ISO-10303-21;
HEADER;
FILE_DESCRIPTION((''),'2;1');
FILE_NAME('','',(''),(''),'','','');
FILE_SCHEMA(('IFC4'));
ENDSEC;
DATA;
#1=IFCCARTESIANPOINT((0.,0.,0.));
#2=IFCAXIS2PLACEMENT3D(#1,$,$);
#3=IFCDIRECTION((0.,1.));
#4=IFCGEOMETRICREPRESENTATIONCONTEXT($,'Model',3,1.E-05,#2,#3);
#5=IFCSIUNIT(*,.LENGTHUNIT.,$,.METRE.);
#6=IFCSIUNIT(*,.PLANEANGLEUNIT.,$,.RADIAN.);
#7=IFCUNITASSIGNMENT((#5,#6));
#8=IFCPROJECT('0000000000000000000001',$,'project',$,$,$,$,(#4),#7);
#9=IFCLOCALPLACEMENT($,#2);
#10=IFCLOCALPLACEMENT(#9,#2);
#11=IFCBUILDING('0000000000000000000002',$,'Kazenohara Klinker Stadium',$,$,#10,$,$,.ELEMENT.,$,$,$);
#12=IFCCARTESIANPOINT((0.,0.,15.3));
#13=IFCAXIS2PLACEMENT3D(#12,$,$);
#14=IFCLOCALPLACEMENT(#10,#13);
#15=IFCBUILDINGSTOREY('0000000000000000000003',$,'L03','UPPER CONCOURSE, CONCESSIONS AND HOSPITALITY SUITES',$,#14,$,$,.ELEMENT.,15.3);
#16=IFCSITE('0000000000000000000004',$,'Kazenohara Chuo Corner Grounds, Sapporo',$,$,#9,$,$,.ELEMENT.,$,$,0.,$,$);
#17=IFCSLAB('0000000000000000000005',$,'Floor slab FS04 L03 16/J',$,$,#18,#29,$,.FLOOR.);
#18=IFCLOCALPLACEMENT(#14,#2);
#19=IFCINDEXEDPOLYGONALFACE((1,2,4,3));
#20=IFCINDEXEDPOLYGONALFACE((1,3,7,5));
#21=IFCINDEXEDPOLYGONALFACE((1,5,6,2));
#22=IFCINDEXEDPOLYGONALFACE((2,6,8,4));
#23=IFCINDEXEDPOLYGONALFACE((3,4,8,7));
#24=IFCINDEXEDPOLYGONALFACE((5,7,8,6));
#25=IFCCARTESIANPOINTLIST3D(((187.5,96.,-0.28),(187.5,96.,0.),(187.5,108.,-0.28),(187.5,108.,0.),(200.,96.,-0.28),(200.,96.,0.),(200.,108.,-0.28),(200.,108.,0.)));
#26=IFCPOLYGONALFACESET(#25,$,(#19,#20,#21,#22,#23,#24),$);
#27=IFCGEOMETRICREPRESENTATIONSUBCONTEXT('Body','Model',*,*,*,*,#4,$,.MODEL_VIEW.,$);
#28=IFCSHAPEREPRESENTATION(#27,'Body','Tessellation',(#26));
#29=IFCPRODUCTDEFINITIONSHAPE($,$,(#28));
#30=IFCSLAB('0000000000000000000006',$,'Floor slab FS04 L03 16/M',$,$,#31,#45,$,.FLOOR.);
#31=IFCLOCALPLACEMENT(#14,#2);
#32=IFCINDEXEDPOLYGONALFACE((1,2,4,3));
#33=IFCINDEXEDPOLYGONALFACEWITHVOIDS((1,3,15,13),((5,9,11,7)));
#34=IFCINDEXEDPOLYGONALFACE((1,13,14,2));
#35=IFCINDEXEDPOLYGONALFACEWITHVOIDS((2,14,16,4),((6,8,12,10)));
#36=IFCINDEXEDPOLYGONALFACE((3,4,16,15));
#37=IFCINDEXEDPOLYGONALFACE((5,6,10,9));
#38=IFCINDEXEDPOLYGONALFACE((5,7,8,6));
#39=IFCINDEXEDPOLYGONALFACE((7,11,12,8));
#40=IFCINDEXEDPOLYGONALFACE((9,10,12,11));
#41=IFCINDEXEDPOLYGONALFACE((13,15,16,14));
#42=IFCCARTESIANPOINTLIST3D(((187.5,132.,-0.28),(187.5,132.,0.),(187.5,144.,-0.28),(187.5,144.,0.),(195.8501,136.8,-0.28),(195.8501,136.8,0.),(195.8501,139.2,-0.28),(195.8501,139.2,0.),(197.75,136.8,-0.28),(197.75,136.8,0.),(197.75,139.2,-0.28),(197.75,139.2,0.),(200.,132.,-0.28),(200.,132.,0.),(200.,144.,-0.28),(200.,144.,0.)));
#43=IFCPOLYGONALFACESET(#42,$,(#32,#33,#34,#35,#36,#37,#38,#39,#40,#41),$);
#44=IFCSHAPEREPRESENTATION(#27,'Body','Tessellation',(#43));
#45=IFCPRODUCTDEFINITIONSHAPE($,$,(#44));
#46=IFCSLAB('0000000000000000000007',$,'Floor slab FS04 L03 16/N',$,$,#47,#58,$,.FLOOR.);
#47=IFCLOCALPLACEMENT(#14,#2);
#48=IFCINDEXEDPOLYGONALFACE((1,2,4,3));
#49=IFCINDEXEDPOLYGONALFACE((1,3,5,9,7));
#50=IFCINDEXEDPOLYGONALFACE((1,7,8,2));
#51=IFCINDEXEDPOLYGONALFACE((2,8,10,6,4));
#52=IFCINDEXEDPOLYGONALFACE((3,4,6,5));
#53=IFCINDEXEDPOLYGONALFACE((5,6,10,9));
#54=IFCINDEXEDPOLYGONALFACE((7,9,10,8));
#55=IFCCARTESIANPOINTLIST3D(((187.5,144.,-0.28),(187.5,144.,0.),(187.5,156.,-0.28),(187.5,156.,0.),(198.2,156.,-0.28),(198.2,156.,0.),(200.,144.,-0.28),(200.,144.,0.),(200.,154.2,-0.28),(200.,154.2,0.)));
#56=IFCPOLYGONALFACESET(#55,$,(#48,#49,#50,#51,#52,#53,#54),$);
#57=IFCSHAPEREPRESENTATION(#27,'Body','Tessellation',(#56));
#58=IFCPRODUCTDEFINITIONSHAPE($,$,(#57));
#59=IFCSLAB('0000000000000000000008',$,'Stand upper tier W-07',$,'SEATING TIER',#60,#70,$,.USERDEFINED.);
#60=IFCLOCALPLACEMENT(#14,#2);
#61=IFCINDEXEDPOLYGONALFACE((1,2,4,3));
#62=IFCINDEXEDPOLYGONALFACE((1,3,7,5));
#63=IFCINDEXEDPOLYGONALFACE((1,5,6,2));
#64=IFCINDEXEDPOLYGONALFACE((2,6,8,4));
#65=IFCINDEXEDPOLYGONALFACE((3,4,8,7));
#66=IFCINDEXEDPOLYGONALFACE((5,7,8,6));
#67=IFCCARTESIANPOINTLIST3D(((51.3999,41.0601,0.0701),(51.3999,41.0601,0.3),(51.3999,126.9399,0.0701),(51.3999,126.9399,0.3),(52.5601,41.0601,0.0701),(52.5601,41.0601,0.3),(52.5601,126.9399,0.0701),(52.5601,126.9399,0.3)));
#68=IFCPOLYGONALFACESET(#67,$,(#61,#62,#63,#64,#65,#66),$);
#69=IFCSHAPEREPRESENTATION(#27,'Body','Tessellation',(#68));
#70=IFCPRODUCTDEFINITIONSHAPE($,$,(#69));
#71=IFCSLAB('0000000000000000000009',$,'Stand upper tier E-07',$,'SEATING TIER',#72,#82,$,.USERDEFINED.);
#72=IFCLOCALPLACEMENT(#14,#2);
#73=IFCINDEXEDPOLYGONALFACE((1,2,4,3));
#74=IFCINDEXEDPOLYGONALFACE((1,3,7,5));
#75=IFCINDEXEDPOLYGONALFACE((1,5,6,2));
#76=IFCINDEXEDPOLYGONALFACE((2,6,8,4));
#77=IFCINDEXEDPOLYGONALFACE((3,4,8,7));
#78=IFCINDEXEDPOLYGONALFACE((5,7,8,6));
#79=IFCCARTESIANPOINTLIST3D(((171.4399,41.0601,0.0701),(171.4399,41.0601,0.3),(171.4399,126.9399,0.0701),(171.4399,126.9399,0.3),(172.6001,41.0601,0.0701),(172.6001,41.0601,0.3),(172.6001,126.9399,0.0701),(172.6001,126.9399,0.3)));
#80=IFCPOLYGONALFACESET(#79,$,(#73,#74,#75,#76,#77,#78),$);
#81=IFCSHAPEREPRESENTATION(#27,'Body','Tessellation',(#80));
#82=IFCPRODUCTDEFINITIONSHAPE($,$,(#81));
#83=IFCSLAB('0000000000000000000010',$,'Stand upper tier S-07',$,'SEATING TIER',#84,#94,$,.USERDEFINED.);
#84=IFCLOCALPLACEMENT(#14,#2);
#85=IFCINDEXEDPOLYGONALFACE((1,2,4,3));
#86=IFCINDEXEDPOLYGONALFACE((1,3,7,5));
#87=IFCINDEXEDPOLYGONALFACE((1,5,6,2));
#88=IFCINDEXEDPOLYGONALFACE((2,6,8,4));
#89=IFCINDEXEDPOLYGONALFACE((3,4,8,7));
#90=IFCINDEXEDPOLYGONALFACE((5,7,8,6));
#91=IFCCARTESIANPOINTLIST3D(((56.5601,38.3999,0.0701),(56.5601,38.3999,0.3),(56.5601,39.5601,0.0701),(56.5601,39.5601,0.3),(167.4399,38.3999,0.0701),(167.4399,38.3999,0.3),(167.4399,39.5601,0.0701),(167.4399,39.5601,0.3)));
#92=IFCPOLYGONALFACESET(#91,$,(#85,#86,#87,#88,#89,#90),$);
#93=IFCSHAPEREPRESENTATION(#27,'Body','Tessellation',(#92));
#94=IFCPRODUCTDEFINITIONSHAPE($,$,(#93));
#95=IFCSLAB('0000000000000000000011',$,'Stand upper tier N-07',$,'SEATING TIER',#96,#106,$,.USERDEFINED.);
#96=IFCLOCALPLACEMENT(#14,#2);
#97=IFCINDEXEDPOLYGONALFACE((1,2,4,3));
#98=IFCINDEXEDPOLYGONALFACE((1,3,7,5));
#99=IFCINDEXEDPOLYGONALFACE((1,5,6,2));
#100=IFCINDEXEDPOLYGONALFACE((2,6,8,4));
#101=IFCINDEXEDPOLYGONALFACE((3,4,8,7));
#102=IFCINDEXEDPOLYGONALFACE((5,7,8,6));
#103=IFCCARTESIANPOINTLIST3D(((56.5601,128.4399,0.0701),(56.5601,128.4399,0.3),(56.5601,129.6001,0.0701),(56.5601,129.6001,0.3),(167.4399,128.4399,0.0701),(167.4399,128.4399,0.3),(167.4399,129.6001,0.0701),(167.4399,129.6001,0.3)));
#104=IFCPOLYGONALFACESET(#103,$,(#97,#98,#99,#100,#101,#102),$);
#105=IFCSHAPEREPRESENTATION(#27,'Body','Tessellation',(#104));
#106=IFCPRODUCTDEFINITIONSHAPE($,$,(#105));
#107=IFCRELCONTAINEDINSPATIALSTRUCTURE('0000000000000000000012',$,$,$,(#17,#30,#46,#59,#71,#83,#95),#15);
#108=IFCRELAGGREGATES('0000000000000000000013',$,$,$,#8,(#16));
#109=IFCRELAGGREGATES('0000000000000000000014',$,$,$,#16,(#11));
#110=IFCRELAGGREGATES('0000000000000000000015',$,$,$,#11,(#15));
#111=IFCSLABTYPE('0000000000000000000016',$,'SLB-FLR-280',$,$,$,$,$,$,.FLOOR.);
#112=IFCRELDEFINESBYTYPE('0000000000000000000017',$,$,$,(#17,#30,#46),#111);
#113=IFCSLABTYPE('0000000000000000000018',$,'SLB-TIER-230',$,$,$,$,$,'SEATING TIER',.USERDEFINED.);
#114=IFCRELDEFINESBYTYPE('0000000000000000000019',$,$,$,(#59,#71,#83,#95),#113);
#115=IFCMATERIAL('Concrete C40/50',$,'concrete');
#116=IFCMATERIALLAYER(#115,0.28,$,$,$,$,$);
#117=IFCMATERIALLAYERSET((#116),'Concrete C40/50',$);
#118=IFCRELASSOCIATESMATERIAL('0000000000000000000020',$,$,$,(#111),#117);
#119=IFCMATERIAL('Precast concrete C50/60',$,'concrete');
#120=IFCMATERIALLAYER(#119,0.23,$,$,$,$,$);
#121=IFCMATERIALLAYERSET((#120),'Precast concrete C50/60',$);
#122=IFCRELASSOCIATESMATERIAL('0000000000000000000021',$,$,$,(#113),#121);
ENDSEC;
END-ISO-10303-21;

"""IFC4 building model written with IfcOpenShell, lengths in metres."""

from ifc_helpers import new_model, si_unit, direction, frame, origin, place, context, subcontext, project, spatial, polyline, outline, extrude, material, layer, layer_set, type_object, element, save


model = new_model("IFC4")

# Units and contexts
model_context = context("Model", 3, precision=1e-05, world=origin(), true_north=direction((0.0, 1.0)))
body_context = subcontext(model_context, "Body", "Model", "MODEL_VIEW")
ifc_project = project(units=[si_unit("LENGTHUNIT", "METRE"), si_unit("PLANEANGLEUNIT", "RADIAN")], contexts=[model_context])

# Site, building, storey
site_placement = place(None, origin())
site = spatial("IfcSite", under=ifc_project, at=site_placement, Name="Kazenohara Chuo Corner Grounds, Sapporo", CompositionType="ELEMENT", RefElevation=0.0)
building_placement = place(site_placement, origin())
building = spatial("IfcBuilding", under=site, at=building_placement, Name="Kazenohara Klinker Stadium", CompositionType="ELEMENT")
storey_placement = place(building_placement, frame((0.0, 0.0, 15.3)))
storey = spatial("IfcBuildingStorey", under=building, at=storey_placement, Name="L03", Description="UPPER CONCOURSE, CONCESSIONS AND HOSPITALITY SUITES", CompositionType="ELEMENT", Elevation=15.3)

# Slabs
ifc_material_1 = material(Name="Concrete C40/50", Category="concrete")
ifc_layer_1 = layer(ifc_material_1, 0.28)
ifc_layer_set_1 = layer_set([ifc_layer_1], Name="Concrete C40/50")
slab_type_1 = type_object("IfcSlabType", Name="SLB-FLR-280", PredefinedType="FLOOR", material=ifc_layer_set_1)
slab_1_placement = place(storey_placement, frame((0.0, 0.0, -0.28)))
element("IfcSlab", 1, at=slab_1_placement, inside=storey, type_object=slab_type_1, Name="Floor slab FS04 L03 16/J", PredefinedType="FLOOR", context=body_context, shape_type="SweptSolid", body=[
    extrude(outline(polyline([(187.5, 96.0), (200.0, 96.0), (200.0, 108.0), (187.5, 108.0), (187.5, 96.0)])), origin(), (0.0, 0.0, 1.0), 0.28),
])
slab_2_placement = place(storey_placement, frame((0.0, 0.0, -0.28)))
element("IfcSlab", 2, at=slab_2_placement, inside=storey, type_object=slab_type_1, Name="Floor slab FS04 L03 16/M", PredefinedType="FLOOR", context=body_context, shape_type="SweptSolid", body=[
    extrude(outline(polyline([(187.5, 132.0), (200.0, 132.0), (200.0, 144.0), (187.5, 144.0), (187.5, 132.0)]), holes=[polyline([(195.8501, 136.8), (197.75, 136.8), (197.75, 139.2), (195.8501, 139.2), (195.8501, 136.8)])]), origin(), (0.0, 0.0, 1.0), 0.28),
])
slab_3_placement = place(storey_placement, frame((0.0, 0.0, -0.28)))
element("IfcSlab", 3, at=slab_3_placement, inside=storey, type_object=slab_type_1, Name="Floor slab FS04 L03 16/N", PredefinedType="FLOOR", context=body_context, shape_type="SweptSolid", body=[
    extrude(outline(polyline([(187.5, 144.0), (200.0, 144.0), (200.0, 154.2), (198.2, 156.0), (187.5, 156.0), (187.5, 144.0)])), origin(), (0.0, 0.0, 1.0), 0.28),
])
ifc_material_2 = material(Name="Precast concrete C50/60", Category="concrete")
ifc_layer_2 = layer(ifc_material_2, 0.23)
ifc_layer_set_2 = layer_set([ifc_layer_2], Name="Precast concrete C50/60")
slab_type_2 = type_object("IfcSlabType", Name="SLB-TIER-230", ElementType="SEATING TIER", PredefinedType="USERDEFINED", material=ifc_layer_set_2)
slab_4_placement = place(storey_placement, frame((0.0, 0.0, 0.0701)))
element("IfcSlab", 4, at=slab_4_placement, inside=storey, type_object=slab_type_2, Name="Stand upper tier W-07", ObjectType="SEATING TIER", PredefinedType="USERDEFINED", context=body_context, shape_type="SweptSolid", body=[
    extrude(outline(polyline([(51.3999, 41.0601), (52.5601, 41.0601), (52.5601, 126.9399), (51.3999, 126.9399), (51.3999, 41.0601)])), origin(), (0.0, 0.0, 1.0), 0.23),
])
slab_5_placement = place(storey_placement, frame((0.0, 0.0, 0.0701)))
element("IfcSlab", 5, at=slab_5_placement, inside=storey, type_object=slab_type_2, Name="Stand upper tier E-07", ObjectType="SEATING TIER", PredefinedType="USERDEFINED", context=body_context, shape_type="SweptSolid", body=[
    extrude(outline(polyline([(171.4399, 41.0601), (172.6001, 41.0601), (172.6001, 126.9399), (171.4399, 126.9399), (171.4399, 41.0601)])), origin(), (0.0, 0.0, 1.0), 0.23),
])
slab_6_placement = place(storey_placement, frame((0.0, 0.0, 0.0701)))
element("IfcSlab", 6, at=slab_6_placement, inside=storey, type_object=slab_type_2, Name="Stand upper tier S-07", ObjectType="SEATING TIER", PredefinedType="USERDEFINED", context=body_context, shape_type="SweptSolid", body=[
    extrude(outline(polyline([(56.5601, 38.3999), (167.4399, 38.3999), (167.4399, 39.5601), (56.5601, 39.5601), (56.5601, 38.3999)])), origin(), (0.0, 0.0, 1.0), 0.23),
])
slab_7_placement = place(storey_placement, frame((0.0, 0.0, 0.0701)))
element("IfcSlab", 7, at=slab_7_placement, inside=storey, type_object=slab_type_2, Name="Stand upper tier N-07", ObjectType="SEATING TIER", PredefinedType="USERDEFINED", context=body_context, shape_type="SweptSolid", body=[
    extrude(outline(polyline([(56.5601, 128.4399), (167.4399, 128.4399), (167.4399, 129.6001), (56.5601, 129.6001), (56.5601, 128.4399)])), origin(), (0.0, 0.0, 1.0), 0.23),
])

save(model, "model.ifc")
